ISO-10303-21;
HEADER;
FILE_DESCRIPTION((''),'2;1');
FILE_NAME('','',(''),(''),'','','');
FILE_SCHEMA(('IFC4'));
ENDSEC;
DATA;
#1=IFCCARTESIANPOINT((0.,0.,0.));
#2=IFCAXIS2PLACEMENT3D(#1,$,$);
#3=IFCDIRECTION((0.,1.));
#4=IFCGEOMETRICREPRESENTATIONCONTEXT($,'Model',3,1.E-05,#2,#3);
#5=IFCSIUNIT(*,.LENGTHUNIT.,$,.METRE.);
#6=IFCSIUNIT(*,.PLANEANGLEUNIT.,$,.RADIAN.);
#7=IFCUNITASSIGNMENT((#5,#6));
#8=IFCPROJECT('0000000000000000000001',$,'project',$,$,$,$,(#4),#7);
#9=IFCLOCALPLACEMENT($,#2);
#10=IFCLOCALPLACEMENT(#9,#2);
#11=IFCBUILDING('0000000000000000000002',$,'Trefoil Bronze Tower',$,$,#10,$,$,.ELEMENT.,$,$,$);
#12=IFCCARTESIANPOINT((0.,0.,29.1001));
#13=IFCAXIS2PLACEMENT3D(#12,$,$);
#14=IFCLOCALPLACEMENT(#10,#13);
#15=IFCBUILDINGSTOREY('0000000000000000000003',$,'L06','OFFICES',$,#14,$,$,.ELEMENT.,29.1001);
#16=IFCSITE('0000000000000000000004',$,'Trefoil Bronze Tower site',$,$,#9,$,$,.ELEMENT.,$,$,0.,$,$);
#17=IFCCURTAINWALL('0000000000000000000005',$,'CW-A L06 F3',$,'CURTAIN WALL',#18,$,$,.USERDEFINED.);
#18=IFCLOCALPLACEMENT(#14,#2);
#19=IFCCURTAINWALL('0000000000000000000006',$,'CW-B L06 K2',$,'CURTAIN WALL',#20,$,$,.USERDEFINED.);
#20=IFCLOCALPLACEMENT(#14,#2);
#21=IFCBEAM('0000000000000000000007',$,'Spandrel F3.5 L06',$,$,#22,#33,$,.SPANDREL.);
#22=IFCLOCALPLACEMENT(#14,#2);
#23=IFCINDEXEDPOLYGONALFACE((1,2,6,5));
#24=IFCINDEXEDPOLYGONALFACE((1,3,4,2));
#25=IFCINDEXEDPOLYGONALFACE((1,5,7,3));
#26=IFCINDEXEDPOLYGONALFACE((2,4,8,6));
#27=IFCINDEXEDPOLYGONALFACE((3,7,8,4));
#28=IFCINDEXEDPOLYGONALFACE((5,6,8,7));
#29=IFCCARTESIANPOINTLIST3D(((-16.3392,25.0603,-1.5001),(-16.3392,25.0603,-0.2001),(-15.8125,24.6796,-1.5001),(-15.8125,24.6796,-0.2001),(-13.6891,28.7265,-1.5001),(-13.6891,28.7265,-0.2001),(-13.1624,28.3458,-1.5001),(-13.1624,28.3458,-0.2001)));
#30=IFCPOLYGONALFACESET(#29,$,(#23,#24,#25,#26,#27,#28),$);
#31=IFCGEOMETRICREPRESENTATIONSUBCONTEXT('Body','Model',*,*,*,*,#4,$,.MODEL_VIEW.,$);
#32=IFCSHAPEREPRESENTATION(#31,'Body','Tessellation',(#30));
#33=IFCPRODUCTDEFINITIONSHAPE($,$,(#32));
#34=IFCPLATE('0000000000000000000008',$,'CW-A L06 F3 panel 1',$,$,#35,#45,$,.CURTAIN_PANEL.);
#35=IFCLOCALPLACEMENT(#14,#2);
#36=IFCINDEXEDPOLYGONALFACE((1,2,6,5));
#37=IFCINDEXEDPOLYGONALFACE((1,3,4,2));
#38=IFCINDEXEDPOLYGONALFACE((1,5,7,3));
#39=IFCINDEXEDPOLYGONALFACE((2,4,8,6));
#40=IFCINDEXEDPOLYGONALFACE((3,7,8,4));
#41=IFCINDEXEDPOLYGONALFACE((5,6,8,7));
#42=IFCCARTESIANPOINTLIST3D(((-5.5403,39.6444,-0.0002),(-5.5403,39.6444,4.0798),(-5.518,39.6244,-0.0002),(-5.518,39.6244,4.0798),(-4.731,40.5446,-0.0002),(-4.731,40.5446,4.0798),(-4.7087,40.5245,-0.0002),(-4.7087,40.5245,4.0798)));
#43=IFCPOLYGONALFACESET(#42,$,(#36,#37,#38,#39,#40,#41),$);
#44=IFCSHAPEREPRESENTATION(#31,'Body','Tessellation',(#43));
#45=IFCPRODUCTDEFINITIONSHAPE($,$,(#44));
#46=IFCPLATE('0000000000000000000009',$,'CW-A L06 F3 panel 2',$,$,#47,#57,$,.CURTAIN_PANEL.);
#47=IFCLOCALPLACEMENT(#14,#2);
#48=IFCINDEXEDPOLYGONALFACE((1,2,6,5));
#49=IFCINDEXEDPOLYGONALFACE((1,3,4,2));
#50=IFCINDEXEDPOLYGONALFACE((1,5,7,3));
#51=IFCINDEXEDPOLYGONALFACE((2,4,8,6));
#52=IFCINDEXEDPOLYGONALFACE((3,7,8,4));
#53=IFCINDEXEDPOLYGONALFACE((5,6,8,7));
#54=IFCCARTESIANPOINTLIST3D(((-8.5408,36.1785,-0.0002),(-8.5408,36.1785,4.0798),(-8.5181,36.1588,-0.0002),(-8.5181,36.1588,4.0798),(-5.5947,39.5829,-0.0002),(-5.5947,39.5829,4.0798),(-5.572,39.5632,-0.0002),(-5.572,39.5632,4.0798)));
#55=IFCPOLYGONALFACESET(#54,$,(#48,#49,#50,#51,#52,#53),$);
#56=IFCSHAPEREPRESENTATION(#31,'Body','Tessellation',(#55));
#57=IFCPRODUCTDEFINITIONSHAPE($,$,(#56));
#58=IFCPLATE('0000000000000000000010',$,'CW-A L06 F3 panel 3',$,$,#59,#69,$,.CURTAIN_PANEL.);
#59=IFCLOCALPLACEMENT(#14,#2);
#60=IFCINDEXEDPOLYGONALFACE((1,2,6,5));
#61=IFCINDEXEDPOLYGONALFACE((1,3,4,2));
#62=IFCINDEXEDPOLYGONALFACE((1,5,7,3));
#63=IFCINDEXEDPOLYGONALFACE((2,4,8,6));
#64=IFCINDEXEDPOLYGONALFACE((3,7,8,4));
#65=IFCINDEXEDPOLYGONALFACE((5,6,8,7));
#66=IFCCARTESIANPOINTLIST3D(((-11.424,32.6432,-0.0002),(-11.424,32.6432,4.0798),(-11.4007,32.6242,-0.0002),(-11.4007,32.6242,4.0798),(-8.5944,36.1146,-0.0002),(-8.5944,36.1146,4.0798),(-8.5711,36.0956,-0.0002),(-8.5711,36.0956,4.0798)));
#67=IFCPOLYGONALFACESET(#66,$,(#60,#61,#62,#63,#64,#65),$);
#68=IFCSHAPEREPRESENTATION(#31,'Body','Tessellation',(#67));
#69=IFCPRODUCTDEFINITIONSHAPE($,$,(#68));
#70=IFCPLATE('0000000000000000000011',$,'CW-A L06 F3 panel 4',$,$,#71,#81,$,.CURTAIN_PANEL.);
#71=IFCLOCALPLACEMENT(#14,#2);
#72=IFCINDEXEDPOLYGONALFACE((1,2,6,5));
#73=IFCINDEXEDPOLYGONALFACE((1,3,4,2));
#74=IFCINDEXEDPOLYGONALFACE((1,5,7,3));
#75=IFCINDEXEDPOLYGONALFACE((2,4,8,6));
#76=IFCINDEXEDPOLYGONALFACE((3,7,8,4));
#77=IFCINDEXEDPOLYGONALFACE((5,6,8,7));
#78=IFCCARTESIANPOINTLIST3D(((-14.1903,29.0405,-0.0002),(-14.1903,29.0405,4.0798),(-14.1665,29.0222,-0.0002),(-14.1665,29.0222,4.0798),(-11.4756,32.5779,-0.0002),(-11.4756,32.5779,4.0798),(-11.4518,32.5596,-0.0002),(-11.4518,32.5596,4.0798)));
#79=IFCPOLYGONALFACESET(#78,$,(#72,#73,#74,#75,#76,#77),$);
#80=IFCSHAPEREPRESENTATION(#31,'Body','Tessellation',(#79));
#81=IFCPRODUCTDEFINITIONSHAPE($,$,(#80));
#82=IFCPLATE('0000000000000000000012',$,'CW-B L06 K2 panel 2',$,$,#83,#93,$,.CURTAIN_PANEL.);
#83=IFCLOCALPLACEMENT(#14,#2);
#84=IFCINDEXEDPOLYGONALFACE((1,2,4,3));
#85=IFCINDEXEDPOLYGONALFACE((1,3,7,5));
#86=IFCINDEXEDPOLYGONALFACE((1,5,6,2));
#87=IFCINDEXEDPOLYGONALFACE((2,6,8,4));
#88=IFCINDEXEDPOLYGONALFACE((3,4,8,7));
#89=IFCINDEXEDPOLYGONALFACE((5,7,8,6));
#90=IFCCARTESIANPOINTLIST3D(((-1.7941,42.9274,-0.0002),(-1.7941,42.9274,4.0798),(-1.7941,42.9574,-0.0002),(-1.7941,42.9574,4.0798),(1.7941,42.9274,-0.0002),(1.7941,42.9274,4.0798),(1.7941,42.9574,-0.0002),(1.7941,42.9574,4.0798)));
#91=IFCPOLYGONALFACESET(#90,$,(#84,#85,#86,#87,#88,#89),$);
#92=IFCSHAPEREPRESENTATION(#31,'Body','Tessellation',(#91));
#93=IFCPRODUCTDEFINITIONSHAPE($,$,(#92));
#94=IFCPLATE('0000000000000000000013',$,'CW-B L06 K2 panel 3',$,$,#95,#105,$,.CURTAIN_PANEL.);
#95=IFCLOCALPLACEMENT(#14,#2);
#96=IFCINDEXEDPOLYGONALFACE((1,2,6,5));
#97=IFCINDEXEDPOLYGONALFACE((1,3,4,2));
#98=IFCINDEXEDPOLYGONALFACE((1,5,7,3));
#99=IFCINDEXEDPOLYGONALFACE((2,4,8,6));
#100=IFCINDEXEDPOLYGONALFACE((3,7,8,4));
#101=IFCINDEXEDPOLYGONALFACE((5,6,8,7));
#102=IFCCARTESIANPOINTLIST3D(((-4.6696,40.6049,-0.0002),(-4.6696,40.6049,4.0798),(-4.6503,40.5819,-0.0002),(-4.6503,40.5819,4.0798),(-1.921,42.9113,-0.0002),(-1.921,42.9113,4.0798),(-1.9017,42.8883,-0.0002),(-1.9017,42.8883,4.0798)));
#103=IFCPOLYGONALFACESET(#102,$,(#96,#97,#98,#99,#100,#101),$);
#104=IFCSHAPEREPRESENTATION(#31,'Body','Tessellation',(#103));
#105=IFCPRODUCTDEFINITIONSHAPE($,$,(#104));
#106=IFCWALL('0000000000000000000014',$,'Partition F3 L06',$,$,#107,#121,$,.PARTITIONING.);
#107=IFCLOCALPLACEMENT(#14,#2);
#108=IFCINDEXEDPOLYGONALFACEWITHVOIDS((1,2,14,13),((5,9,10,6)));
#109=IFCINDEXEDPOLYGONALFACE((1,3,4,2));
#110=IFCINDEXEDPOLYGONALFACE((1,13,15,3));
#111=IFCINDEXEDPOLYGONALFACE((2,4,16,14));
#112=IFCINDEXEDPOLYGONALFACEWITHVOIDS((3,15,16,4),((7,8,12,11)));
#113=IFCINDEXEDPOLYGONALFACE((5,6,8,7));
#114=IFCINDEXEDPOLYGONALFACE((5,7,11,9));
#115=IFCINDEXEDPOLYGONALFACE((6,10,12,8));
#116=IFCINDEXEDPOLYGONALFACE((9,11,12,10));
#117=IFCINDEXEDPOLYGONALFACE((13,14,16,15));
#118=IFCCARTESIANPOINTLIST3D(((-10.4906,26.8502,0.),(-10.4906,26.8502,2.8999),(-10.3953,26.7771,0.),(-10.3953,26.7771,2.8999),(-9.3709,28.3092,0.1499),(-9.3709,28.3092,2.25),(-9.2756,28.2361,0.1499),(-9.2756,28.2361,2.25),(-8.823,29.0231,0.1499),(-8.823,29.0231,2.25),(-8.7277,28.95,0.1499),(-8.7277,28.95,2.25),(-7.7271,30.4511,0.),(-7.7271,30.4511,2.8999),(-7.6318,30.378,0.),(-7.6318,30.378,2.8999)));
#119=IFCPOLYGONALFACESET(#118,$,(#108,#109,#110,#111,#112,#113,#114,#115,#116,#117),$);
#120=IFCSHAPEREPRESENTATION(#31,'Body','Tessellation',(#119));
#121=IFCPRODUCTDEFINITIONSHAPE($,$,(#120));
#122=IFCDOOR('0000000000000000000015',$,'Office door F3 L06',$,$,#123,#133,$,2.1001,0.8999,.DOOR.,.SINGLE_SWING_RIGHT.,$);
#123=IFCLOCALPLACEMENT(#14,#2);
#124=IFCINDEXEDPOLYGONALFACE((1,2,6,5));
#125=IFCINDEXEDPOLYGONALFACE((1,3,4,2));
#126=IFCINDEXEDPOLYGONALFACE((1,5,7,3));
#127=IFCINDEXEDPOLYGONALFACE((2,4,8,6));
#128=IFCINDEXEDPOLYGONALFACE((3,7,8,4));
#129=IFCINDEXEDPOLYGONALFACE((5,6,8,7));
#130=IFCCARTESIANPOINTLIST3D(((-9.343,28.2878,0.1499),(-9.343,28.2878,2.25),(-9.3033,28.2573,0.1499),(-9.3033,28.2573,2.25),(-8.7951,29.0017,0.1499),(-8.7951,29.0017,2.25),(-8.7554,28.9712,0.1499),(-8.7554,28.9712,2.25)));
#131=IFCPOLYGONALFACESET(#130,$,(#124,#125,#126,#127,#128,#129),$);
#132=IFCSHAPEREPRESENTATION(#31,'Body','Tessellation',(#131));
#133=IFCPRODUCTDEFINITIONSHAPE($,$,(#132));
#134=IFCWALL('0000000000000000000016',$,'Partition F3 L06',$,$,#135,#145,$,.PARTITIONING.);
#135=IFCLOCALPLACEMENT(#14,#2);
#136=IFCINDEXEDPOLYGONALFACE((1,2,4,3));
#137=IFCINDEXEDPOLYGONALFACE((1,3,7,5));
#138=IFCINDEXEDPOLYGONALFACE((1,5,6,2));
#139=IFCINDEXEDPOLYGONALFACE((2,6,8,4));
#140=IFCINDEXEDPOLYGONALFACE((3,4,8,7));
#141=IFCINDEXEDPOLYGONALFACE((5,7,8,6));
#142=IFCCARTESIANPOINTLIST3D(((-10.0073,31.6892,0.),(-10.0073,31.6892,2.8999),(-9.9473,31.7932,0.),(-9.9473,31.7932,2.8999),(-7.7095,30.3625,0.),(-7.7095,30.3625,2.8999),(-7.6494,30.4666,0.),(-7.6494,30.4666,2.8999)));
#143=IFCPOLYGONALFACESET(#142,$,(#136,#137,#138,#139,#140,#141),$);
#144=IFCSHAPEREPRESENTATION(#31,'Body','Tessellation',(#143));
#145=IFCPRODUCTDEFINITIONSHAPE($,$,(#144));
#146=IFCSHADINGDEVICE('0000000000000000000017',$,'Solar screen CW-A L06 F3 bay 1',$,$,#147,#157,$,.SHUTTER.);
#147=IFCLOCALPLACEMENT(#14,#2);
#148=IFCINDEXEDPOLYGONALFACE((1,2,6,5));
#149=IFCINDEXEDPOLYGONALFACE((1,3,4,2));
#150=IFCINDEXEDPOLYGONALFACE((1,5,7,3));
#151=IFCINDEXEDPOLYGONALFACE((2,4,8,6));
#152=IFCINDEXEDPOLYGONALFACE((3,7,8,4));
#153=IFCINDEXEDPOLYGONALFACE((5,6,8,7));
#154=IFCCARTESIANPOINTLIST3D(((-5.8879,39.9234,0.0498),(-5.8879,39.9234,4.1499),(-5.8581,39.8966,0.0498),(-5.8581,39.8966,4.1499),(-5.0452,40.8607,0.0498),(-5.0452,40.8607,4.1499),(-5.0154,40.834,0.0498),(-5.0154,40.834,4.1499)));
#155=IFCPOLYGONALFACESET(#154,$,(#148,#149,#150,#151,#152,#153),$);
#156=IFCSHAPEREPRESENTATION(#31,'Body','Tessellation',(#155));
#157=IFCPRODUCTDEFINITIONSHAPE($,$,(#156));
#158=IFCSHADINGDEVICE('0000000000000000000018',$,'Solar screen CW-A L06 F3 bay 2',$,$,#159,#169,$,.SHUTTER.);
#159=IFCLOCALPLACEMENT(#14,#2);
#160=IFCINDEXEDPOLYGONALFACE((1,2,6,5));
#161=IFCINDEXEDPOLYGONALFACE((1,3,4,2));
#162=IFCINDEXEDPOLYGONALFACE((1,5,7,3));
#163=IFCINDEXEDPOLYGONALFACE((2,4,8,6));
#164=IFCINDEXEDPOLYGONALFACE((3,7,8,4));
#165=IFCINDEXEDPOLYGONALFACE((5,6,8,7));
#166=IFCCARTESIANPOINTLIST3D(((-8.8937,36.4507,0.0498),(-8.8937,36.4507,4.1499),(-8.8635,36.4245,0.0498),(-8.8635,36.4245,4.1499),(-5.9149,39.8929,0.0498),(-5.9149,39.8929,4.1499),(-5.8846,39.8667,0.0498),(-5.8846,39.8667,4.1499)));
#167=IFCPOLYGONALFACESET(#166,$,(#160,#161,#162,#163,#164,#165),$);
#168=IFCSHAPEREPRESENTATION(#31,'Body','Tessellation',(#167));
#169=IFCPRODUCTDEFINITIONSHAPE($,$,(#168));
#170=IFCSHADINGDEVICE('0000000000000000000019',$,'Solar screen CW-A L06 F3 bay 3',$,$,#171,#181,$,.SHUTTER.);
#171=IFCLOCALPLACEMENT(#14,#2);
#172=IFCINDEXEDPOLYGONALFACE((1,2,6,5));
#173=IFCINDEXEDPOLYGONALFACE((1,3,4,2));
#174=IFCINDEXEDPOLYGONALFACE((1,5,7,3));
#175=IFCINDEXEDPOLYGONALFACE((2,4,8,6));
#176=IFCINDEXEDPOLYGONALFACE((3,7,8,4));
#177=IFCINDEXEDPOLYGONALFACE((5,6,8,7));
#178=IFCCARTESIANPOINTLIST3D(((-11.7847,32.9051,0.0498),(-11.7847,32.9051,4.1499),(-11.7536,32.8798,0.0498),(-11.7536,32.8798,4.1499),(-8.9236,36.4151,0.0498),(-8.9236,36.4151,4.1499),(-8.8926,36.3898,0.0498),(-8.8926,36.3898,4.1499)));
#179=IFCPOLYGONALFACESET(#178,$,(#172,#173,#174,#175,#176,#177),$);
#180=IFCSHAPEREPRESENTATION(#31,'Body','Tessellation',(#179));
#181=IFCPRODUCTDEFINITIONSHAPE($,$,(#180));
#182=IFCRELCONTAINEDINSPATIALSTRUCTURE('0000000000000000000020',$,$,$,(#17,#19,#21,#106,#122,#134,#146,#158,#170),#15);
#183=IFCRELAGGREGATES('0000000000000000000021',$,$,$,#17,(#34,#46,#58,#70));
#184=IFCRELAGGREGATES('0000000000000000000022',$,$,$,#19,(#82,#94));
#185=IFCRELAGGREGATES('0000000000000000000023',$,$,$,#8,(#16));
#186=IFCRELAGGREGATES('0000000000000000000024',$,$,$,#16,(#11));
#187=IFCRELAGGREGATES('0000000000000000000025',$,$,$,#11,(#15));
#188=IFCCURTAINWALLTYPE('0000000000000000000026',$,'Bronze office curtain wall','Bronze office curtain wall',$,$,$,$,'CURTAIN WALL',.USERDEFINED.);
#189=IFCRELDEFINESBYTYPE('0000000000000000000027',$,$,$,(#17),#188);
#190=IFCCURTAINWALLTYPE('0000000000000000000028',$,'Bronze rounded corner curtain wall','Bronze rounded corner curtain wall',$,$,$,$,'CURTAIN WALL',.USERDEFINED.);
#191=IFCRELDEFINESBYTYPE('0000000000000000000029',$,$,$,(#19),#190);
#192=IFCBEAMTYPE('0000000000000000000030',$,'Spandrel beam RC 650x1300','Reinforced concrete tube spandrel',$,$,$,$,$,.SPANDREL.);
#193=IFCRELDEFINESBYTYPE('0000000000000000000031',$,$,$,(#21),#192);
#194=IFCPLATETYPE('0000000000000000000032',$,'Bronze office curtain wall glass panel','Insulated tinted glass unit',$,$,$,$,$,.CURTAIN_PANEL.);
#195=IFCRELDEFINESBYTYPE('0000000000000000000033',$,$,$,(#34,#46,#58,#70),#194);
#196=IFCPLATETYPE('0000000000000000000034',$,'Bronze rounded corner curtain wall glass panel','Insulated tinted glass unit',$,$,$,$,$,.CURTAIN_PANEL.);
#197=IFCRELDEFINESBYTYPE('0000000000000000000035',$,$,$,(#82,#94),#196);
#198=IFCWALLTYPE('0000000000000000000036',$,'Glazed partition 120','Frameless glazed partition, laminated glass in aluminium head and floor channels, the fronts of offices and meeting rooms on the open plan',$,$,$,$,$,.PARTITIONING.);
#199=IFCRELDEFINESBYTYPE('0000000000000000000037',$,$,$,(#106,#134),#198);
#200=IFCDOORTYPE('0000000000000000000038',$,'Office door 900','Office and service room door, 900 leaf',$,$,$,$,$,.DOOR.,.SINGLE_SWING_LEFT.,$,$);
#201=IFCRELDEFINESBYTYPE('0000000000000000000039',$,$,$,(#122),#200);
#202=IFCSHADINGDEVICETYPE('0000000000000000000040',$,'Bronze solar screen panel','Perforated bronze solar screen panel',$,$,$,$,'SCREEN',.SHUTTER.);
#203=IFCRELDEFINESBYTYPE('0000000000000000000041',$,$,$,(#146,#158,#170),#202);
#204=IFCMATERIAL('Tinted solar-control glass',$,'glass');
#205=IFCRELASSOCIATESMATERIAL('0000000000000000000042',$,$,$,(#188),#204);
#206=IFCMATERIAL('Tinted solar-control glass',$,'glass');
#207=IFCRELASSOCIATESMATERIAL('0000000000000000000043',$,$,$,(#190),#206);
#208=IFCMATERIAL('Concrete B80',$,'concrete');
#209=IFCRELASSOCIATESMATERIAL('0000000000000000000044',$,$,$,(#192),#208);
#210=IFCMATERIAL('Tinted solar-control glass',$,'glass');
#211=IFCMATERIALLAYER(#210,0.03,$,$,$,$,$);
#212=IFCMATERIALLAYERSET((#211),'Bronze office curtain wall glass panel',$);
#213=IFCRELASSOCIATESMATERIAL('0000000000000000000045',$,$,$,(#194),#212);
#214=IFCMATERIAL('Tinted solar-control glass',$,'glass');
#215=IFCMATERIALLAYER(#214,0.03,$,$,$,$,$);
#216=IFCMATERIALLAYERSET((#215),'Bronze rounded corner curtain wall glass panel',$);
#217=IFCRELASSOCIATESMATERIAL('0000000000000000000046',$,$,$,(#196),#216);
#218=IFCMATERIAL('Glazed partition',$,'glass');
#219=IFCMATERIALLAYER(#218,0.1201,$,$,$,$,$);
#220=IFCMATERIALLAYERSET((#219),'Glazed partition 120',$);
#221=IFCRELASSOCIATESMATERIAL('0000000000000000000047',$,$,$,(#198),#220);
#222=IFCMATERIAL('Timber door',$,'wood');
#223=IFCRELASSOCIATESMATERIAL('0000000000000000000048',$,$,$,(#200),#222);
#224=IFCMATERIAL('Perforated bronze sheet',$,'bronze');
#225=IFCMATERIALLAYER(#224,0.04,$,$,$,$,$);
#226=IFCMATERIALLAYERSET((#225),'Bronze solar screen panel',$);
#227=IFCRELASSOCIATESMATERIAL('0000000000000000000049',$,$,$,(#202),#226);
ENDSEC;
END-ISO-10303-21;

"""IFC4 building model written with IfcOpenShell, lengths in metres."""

from ifc_helpers import new_model, si_unit, direction, frame, frame_2d, origin, origin_2d, place, context, subcontext, project, spatial, rectangle, extrude, material, layer, layer_set, material_profile, profile_set, type_object, element, fill, aggregate, save


model = new_model("IFC4")

# Units and contexts
model_context = context("Model", 3, precision=1e-05, world=origin(), true_north=direction((0.0, 1.0)))
body_context = subcontext(model_context, "Body", "Model", "MODEL_VIEW")
ifc_project = project(units=[si_unit("LENGTHUNIT", "METRE"), si_unit("PLANEANGLEUNIT", "RADIAN")], contexts=[model_context])

# Site, building, storey
site_placement = place(None, origin())
site = spatial("IfcSite", under=ifc_project, at=site_placement, Name="Trefoil Bronze Tower site", CompositionType="ELEMENT", RefElevation=0.0)
building_placement = place(site_placement, origin())
building = spatial("IfcBuilding", under=site, at=building_placement, Name="Trefoil Bronze Tower", CompositionType="ELEMENT")
storey_placement = place(building_placement, frame((0.0, 0.0, 29.1001)))
storey = spatial("IfcBuildingStorey", under=building, at=storey_placement, Name="L06", Description="OFFICES", CompositionType="ELEMENT", Elevation=29.1001)

# Curtain walls
ifc_material_1 = material(Name="Tinted solar-control glass", Category="glass")
curtain_wall_type_1 = type_object("IfcCurtainWallType", Name="Bronze office curtain wall", Description="Bronze office curtain wall", ElementType="CURTAIN WALL", PredefinedType="USERDEFINED", material=ifc_material_1)
curtain_wall_1_placement = place(storey_placement, origin())
curtain_wall_1 = element("IfcCurtainWall", 1, at=curtain_wall_1_placement, inside=storey, type_object=curtain_wall_type_1, Name="CW-A L06 F3", ObjectType="CURTAIN WALL", PredefinedType="USERDEFINED")
ifc_material_2 = material(Name="Tinted solar-control glass", Category="glass")
curtain_wall_type_2 = type_object("IfcCurtainWallType", Name="Bronze rounded corner curtain wall", Description="Bronze rounded corner curtain wall", ElementType="CURTAIN WALL", PredefinedType="USERDEFINED", material=ifc_material_2)
curtain_wall_2_placement = place(storey_placement, origin())
curtain_wall_2 = element("IfcCurtainWall", 2, at=curtain_wall_2_placement, inside=storey, type_object=curtain_wall_type_2, Name="CW-B L06 K2", ObjectType="CURTAIN WALL", PredefinedType="USERDEFINED")

# Beam
ifc_material_3 = material(Name="Concrete B80", Category="concrete")
ifc_material_profile_1 = material_profile(ifc_material_3, rectangle(XDim=0.6499, YDim=1.3, at=origin_2d()), Name="RC 650x1300")
ifc_profile_set_1 = profile_set([ifc_material_profile_1], Name="Concrete B80")
beam_type_1 = type_object("IfcBeamType", Name="Spandrel beam RC 650x1300", Description="Reinforced concrete tube spandrel", PredefinedType="SPANDREL", material=ifc_profile_set_1)
beam_1_placement = place(storey_placement, frame((-13.4258, 28.5361, -0.8501), z_axis=(-0.585824, -0.810439, 0.0), x_axis=(0.810439, -0.585824, 0.0)))
element("IfcBeam", 3, at=beam_1_placement, inside=storey, type_object=beam_type_1, Name="Spandrel F3.5 L06", PredefinedType="SPANDREL", context=body_context, shape_type="SweptSolid", body=[
    extrude(rectangle(XDim=0.6499, YDim=1.3, at=origin_2d()), origin(), (0.0, 0.0, 1.0), 4.5237),
])

# Plates
ifc_material_4 = material(Name="Tinted solar-control glass", Category="glass")
ifc_layer_1 = layer(ifc_material_4, 0.03)
ifc_layer_set_1 = layer_set([ifc_layer_1], Name="Bronze office curtain wall glass panel")
plate_type_1 = type_object("IfcPlateType", Name="Bronze office curtain wall glass panel", Description="Insulated tinted glass unit", PredefinedType="CURTAIN_PANEL", material=ifc_layer_set_1)
plate_1_placement = place(storey_placement, frame((-5.1245, 40.0845, -0.0002), z_axis=(0.0, 0.0, 1.0), x_axis=(-0.668575, -0.743645, 0.0)))
plate_1 = element("IfcPlate", 4, at=plate_1_placement, type_object=plate_type_1, Name="CW-A L06 F3 panel 1", PredefinedType="CURTAIN_PANEL", context=body_context, shape_type="SweptSolid", body=[
    extrude(rectangle(XDim=1.2104, YDim=0.03, at=origin_2d()), origin(), (0.0, 0.0, 1.0), 4.0801),
])
plate_2_placement = place(storey_placement, frame((-7.0564, 37.8708, -0.0002), z_axis=(0.0, 0.0, 1.0), x_axis=(-0.654376, -0.756169, 0.0)))
plate_2 = element("IfcPlate", 5, at=plate_2_placement, type_object=plate_type_1, Name="CW-A L06 F3 panel 2", PredefinedType="CURTAIN_PANEL", context=body_context, shape_type="SweptSolid", body=[
    extrude(rectangle(XDim=4.5022, YDim=0.03, at=origin_2d()), origin(), (0.0, 0.0, 1.0), 4.0801),
])
plate_3_placement = place(storey_placement, frame((-9.9976, 34.3694, -0.0002), z_axis=(0.0, 0.0, 1.0), x_axis=(-0.631811, -0.775123, 0.0)))
plate_3 = element("IfcPlate", 6, at=plate_3_placement, type_object=plate_type_1, Name="CW-A L06 F3 panel 3", PredefinedType="CURTAIN_PANEL", context=body_context, shape_type="SweptSolid", body=[
    extrude(rectangle(XDim=4.4785, YDim=0.03, at=origin_2d()), origin(), (0.0, 0.0, 1.0), 4.0801),
])
plate_4_placement = place(storey_placement, frame((-12.821, 30.8, -0.0002), z_axis=(0.0, 0.0, 1.0), x_axis=(-0.608808, -0.793318, 0.0)))
plate_4 = element("IfcPlate", 7, at=plate_4_placement, type_object=plate_type_1, Name="CW-A L06 F3 panel 4", PredefinedType="CURTAIN_PANEL", context=body_context, shape_type="SweptSolid", body=[
    extrude(rectangle(XDim=4.459, YDim=0.03, at=origin_2d()), origin(), (0.0, 0.0, 1.0), 4.0801),
])
aggregate(curtain_wall_1, [plate_1, plate_2, plate_3, plate_4])
ifc_material_5 = material(Name="Tinted solar-control glass", Category="glass")
ifc_layer_2 = layer(ifc_material_5, 0.03)
ifc_layer_set_2 = layer_set([ifc_layer_2], Name="Bronze rounded corner curtain wall glass panel")
plate_type_2 = type_object("IfcPlateType", Name="Bronze rounded corner curtain wall glass panel", Description="Insulated tinted glass unit", PredefinedType="CURTAIN_PANEL", material=ifc_layer_set_2)
plate_5_placement = place(storey_placement, frame((0.0, 42.9424, -0.0002), z_axis=(0.0, 0.0, 1.0), x_axis=(-1.0, 0.0, 0.0)))
plate_5 = element("IfcPlate", 8, at=plate_5_placement, type_object=plate_type_2, Name="CW-B L06 K2 panel 2", PredefinedType="CURTAIN_PANEL", context=body_context, shape_type="SweptSolid", body=[
    extrude(rectangle(XDim=3.5881, YDim=0.03, at=origin_2d()), origin(), (0.0, 0.0, 1.0), 4.0801),
])
plate_6_placement = place(storey_placement, frame((-3.2856, 41.7466, -0.0002), z_axis=(0.0, 0.0, 1.0), x_axis=(-0.766044, -0.642788, 0.0)))
plate_6 = element("IfcPlate", 9, at=plate_6_placement, type_object=plate_type_2, Name="CW-B L06 K2 panel 3", PredefinedType="CURTAIN_PANEL", context=body_context, shape_type="SweptSolid", body=[
    extrude(rectangle(XDim=3.5881, YDim=0.03, at=origin_2d()), origin(), (0.0, 0.0, 1.0), 4.0801),
])
aggregate(curtain_wall_2, [plate_5, plate_6])

# Wall, opening, door
ifc_material_6 = material(Name="Glazed partition", Category="glass")
ifc_layer_3 = layer(ifc_material_6, 0.1201)
ifc_layer_set_3 = layer_set([ifc_layer_3], Name="Glazed partition 120")
wall_type = type_object("IfcWallType", Name="Glazed partition 120", Description="Frameless glazed partition, laminated glass in aluminium head and floor channels, the fronts of offices and meeting rooms on the open plan", PredefinedType="PARTITIONING", material=ifc_layer_set_3)
wall_1_placement = place(storey_placement, frame((-7.6794, 30.4146, 0.0), z_axis=(0.0, 0.0, 1.0), x_axis=(-0.608819, -0.793309, 0.0)))
wall_1 = element("IfcWall", 10, at=wall_1_placement, inside=storey, type_object=wall_type, Name="Partition F3 L06", PredefinedType="PARTITIONING", context=body_context, shape_type="SweptSolid", body=[
    extrude(rectangle(XDim=4.5391, YDim=0.1201, at=frame_2d((2.2695, 0.0))), origin(), (0.0, 0.0, 1.0), 2.8999),
])
opening_placement = place(wall_1_placement, frame((1.8, 0.0, 0.1499)))
opening = element("IfcOpeningElement", 11, at=opening_placement, cuts=wall_1, PredefinedType="OPENING", context=body_context, shape_type="SweptSolid", body=[
    extrude(rectangle(XDim=0.8999, YDim=2.1001, at=frame_2d((0.45, 1.05))), frame((0.0, 0.0701, 0.0), z_axis=(0.0, -1.0, 0.0), x_axis=(1.0, 0.0, 0.0)), (0.0, 0.0, 1.0), 0.1401),
])
ifc_material_7 = material(Name="Timber door", Category="wood")
door_type = type_object("IfcDoorType", Name="Office door 900", Description="Office and service room door, 900 leaf", OperationType="SINGLE_SWING_LEFT", PredefinedType="DOOR", material=ifc_material_7)
door_placement = place(opening_placement, frame((0.8999, 0.0, 0.0), z_axis=(0.0, 0.0, 1.0), x_axis=(-1.0, 0.0, 0.0)))
door = element("IfcDoor", 12, at=door_placement, inside=storey, type_object=door_type, Name="Office door F3 L06", OperationType="SINGLE_SWING_RIGHT", OverallHeight=2.1001, OverallWidth=0.8999, PredefinedType="DOOR", context=body_context, shape_type="SweptSolid", body=[
    extrude(rectangle(XDim=0.8999, YDim=2.1001, at=frame_2d((0.45, 1.05))), frame((0.0, 0.0249, 0.0), z_axis=(0.0, -1.0, 0.0), x_axis=(1.0, 0.0, 0.0)), (0.0, 0.0, 1.0), 0.05),
])
fill(opening, door)

# Wall
wall_2_placement = place(storey_placement, frame((-7.6794, 30.4146, 0.0), z_axis=(0.0, 0.0, 1.0), x_axis=(-0.866026, 0.499999, 0.0)))
element("IfcWall", 13, at=wall_2_placement, inside=storey, type_object=wall_type, Name="Partition F3 L06", PredefinedType="PARTITIONING", context=body_context, shape_type="SweptSolid", body=[
    extrude(rectangle(XDim=2.6533, YDim=0.1201, at=frame_2d((1.3267, 0.0))), origin(), (0.0, 0.0, 1.0), 2.8999),
])

# Shading devices
ifc_material_8 = material(Name="Perforated bronze sheet", Category="bronze")
ifc_layer_4 = layer(ifc_material_8, 0.04)
ifc_layer_set_4 = layer_set([ifc_layer_4], Name="Bronze solar screen panel")
shading_device_type = type_object("IfcShadingDeviceType", Name="Bronze solar screen panel", Description="Perforated bronze solar screen panel", ElementType="SCREEN", PredefinedType="SHUTTER", material=ifc_layer_set_4)
shading_device_1_placement = place(storey_placement, frame((-5.4517, 40.3787, 0.0498), z_axis=(0.0, 0.0, 1.0), x_axis=(-0.668575, -0.743645, 0.0)))
element("IfcShadingDevice", 14, at=shading_device_1_placement, inside=storey, type_object=shading_device_type, Name="Solar screen CW-A L06 F3 bay 1", PredefinedType="SHUTTER", context=body_context, shape_type="SweptSolid", body=[
    extrude(rectangle(XDim=1.2605, YDim=0.04, at=origin_2d()), origin(), (0.0, 0.0, 1.0), 4.1001),
])
shading_device_2_placement = place(storey_placement, frame((-7.3892, 38.1587, 0.0498), z_axis=(0.0, 0.0, 1.0), x_axis=(-0.654376, -0.756169, 0.0)))
element("IfcShadingDevice", 15, at=shading_device_2_placement, inside=storey, type_object=shading_device_type, Name="Solar screen CW-A L06 F3 bay 2", PredefinedType="SHUTTER", context=body_context, shape_type="SweptSolid", body=[
    extrude(rectangle(XDim=4.5522, YDim=0.04, at=origin_2d()), origin(), (0.0, 0.0, 1.0), 4.1001),
])
shading_device_3_placement = place(storey_placement, frame((-10.3386, 34.6475, 0.0498), z_axis=(0.0, 0.0, 1.0), x_axis=(-0.631811, -0.775123, 0.0)))
element("IfcShadingDevice", 16, at=shading_device_3_placement, inside=storey, type_object=shading_device_type, Name="Solar screen CW-A L06 F3 bay 3", PredefinedType="SHUTTER", context=body_context, shape_type="SweptSolid", body=[
    extrude(rectangle(XDim=4.5283, YDim=0.04, at=origin_2d()), origin(), (0.0, 0.0, 1.0), 4.1001),
])

save(model, "model.ifc")
